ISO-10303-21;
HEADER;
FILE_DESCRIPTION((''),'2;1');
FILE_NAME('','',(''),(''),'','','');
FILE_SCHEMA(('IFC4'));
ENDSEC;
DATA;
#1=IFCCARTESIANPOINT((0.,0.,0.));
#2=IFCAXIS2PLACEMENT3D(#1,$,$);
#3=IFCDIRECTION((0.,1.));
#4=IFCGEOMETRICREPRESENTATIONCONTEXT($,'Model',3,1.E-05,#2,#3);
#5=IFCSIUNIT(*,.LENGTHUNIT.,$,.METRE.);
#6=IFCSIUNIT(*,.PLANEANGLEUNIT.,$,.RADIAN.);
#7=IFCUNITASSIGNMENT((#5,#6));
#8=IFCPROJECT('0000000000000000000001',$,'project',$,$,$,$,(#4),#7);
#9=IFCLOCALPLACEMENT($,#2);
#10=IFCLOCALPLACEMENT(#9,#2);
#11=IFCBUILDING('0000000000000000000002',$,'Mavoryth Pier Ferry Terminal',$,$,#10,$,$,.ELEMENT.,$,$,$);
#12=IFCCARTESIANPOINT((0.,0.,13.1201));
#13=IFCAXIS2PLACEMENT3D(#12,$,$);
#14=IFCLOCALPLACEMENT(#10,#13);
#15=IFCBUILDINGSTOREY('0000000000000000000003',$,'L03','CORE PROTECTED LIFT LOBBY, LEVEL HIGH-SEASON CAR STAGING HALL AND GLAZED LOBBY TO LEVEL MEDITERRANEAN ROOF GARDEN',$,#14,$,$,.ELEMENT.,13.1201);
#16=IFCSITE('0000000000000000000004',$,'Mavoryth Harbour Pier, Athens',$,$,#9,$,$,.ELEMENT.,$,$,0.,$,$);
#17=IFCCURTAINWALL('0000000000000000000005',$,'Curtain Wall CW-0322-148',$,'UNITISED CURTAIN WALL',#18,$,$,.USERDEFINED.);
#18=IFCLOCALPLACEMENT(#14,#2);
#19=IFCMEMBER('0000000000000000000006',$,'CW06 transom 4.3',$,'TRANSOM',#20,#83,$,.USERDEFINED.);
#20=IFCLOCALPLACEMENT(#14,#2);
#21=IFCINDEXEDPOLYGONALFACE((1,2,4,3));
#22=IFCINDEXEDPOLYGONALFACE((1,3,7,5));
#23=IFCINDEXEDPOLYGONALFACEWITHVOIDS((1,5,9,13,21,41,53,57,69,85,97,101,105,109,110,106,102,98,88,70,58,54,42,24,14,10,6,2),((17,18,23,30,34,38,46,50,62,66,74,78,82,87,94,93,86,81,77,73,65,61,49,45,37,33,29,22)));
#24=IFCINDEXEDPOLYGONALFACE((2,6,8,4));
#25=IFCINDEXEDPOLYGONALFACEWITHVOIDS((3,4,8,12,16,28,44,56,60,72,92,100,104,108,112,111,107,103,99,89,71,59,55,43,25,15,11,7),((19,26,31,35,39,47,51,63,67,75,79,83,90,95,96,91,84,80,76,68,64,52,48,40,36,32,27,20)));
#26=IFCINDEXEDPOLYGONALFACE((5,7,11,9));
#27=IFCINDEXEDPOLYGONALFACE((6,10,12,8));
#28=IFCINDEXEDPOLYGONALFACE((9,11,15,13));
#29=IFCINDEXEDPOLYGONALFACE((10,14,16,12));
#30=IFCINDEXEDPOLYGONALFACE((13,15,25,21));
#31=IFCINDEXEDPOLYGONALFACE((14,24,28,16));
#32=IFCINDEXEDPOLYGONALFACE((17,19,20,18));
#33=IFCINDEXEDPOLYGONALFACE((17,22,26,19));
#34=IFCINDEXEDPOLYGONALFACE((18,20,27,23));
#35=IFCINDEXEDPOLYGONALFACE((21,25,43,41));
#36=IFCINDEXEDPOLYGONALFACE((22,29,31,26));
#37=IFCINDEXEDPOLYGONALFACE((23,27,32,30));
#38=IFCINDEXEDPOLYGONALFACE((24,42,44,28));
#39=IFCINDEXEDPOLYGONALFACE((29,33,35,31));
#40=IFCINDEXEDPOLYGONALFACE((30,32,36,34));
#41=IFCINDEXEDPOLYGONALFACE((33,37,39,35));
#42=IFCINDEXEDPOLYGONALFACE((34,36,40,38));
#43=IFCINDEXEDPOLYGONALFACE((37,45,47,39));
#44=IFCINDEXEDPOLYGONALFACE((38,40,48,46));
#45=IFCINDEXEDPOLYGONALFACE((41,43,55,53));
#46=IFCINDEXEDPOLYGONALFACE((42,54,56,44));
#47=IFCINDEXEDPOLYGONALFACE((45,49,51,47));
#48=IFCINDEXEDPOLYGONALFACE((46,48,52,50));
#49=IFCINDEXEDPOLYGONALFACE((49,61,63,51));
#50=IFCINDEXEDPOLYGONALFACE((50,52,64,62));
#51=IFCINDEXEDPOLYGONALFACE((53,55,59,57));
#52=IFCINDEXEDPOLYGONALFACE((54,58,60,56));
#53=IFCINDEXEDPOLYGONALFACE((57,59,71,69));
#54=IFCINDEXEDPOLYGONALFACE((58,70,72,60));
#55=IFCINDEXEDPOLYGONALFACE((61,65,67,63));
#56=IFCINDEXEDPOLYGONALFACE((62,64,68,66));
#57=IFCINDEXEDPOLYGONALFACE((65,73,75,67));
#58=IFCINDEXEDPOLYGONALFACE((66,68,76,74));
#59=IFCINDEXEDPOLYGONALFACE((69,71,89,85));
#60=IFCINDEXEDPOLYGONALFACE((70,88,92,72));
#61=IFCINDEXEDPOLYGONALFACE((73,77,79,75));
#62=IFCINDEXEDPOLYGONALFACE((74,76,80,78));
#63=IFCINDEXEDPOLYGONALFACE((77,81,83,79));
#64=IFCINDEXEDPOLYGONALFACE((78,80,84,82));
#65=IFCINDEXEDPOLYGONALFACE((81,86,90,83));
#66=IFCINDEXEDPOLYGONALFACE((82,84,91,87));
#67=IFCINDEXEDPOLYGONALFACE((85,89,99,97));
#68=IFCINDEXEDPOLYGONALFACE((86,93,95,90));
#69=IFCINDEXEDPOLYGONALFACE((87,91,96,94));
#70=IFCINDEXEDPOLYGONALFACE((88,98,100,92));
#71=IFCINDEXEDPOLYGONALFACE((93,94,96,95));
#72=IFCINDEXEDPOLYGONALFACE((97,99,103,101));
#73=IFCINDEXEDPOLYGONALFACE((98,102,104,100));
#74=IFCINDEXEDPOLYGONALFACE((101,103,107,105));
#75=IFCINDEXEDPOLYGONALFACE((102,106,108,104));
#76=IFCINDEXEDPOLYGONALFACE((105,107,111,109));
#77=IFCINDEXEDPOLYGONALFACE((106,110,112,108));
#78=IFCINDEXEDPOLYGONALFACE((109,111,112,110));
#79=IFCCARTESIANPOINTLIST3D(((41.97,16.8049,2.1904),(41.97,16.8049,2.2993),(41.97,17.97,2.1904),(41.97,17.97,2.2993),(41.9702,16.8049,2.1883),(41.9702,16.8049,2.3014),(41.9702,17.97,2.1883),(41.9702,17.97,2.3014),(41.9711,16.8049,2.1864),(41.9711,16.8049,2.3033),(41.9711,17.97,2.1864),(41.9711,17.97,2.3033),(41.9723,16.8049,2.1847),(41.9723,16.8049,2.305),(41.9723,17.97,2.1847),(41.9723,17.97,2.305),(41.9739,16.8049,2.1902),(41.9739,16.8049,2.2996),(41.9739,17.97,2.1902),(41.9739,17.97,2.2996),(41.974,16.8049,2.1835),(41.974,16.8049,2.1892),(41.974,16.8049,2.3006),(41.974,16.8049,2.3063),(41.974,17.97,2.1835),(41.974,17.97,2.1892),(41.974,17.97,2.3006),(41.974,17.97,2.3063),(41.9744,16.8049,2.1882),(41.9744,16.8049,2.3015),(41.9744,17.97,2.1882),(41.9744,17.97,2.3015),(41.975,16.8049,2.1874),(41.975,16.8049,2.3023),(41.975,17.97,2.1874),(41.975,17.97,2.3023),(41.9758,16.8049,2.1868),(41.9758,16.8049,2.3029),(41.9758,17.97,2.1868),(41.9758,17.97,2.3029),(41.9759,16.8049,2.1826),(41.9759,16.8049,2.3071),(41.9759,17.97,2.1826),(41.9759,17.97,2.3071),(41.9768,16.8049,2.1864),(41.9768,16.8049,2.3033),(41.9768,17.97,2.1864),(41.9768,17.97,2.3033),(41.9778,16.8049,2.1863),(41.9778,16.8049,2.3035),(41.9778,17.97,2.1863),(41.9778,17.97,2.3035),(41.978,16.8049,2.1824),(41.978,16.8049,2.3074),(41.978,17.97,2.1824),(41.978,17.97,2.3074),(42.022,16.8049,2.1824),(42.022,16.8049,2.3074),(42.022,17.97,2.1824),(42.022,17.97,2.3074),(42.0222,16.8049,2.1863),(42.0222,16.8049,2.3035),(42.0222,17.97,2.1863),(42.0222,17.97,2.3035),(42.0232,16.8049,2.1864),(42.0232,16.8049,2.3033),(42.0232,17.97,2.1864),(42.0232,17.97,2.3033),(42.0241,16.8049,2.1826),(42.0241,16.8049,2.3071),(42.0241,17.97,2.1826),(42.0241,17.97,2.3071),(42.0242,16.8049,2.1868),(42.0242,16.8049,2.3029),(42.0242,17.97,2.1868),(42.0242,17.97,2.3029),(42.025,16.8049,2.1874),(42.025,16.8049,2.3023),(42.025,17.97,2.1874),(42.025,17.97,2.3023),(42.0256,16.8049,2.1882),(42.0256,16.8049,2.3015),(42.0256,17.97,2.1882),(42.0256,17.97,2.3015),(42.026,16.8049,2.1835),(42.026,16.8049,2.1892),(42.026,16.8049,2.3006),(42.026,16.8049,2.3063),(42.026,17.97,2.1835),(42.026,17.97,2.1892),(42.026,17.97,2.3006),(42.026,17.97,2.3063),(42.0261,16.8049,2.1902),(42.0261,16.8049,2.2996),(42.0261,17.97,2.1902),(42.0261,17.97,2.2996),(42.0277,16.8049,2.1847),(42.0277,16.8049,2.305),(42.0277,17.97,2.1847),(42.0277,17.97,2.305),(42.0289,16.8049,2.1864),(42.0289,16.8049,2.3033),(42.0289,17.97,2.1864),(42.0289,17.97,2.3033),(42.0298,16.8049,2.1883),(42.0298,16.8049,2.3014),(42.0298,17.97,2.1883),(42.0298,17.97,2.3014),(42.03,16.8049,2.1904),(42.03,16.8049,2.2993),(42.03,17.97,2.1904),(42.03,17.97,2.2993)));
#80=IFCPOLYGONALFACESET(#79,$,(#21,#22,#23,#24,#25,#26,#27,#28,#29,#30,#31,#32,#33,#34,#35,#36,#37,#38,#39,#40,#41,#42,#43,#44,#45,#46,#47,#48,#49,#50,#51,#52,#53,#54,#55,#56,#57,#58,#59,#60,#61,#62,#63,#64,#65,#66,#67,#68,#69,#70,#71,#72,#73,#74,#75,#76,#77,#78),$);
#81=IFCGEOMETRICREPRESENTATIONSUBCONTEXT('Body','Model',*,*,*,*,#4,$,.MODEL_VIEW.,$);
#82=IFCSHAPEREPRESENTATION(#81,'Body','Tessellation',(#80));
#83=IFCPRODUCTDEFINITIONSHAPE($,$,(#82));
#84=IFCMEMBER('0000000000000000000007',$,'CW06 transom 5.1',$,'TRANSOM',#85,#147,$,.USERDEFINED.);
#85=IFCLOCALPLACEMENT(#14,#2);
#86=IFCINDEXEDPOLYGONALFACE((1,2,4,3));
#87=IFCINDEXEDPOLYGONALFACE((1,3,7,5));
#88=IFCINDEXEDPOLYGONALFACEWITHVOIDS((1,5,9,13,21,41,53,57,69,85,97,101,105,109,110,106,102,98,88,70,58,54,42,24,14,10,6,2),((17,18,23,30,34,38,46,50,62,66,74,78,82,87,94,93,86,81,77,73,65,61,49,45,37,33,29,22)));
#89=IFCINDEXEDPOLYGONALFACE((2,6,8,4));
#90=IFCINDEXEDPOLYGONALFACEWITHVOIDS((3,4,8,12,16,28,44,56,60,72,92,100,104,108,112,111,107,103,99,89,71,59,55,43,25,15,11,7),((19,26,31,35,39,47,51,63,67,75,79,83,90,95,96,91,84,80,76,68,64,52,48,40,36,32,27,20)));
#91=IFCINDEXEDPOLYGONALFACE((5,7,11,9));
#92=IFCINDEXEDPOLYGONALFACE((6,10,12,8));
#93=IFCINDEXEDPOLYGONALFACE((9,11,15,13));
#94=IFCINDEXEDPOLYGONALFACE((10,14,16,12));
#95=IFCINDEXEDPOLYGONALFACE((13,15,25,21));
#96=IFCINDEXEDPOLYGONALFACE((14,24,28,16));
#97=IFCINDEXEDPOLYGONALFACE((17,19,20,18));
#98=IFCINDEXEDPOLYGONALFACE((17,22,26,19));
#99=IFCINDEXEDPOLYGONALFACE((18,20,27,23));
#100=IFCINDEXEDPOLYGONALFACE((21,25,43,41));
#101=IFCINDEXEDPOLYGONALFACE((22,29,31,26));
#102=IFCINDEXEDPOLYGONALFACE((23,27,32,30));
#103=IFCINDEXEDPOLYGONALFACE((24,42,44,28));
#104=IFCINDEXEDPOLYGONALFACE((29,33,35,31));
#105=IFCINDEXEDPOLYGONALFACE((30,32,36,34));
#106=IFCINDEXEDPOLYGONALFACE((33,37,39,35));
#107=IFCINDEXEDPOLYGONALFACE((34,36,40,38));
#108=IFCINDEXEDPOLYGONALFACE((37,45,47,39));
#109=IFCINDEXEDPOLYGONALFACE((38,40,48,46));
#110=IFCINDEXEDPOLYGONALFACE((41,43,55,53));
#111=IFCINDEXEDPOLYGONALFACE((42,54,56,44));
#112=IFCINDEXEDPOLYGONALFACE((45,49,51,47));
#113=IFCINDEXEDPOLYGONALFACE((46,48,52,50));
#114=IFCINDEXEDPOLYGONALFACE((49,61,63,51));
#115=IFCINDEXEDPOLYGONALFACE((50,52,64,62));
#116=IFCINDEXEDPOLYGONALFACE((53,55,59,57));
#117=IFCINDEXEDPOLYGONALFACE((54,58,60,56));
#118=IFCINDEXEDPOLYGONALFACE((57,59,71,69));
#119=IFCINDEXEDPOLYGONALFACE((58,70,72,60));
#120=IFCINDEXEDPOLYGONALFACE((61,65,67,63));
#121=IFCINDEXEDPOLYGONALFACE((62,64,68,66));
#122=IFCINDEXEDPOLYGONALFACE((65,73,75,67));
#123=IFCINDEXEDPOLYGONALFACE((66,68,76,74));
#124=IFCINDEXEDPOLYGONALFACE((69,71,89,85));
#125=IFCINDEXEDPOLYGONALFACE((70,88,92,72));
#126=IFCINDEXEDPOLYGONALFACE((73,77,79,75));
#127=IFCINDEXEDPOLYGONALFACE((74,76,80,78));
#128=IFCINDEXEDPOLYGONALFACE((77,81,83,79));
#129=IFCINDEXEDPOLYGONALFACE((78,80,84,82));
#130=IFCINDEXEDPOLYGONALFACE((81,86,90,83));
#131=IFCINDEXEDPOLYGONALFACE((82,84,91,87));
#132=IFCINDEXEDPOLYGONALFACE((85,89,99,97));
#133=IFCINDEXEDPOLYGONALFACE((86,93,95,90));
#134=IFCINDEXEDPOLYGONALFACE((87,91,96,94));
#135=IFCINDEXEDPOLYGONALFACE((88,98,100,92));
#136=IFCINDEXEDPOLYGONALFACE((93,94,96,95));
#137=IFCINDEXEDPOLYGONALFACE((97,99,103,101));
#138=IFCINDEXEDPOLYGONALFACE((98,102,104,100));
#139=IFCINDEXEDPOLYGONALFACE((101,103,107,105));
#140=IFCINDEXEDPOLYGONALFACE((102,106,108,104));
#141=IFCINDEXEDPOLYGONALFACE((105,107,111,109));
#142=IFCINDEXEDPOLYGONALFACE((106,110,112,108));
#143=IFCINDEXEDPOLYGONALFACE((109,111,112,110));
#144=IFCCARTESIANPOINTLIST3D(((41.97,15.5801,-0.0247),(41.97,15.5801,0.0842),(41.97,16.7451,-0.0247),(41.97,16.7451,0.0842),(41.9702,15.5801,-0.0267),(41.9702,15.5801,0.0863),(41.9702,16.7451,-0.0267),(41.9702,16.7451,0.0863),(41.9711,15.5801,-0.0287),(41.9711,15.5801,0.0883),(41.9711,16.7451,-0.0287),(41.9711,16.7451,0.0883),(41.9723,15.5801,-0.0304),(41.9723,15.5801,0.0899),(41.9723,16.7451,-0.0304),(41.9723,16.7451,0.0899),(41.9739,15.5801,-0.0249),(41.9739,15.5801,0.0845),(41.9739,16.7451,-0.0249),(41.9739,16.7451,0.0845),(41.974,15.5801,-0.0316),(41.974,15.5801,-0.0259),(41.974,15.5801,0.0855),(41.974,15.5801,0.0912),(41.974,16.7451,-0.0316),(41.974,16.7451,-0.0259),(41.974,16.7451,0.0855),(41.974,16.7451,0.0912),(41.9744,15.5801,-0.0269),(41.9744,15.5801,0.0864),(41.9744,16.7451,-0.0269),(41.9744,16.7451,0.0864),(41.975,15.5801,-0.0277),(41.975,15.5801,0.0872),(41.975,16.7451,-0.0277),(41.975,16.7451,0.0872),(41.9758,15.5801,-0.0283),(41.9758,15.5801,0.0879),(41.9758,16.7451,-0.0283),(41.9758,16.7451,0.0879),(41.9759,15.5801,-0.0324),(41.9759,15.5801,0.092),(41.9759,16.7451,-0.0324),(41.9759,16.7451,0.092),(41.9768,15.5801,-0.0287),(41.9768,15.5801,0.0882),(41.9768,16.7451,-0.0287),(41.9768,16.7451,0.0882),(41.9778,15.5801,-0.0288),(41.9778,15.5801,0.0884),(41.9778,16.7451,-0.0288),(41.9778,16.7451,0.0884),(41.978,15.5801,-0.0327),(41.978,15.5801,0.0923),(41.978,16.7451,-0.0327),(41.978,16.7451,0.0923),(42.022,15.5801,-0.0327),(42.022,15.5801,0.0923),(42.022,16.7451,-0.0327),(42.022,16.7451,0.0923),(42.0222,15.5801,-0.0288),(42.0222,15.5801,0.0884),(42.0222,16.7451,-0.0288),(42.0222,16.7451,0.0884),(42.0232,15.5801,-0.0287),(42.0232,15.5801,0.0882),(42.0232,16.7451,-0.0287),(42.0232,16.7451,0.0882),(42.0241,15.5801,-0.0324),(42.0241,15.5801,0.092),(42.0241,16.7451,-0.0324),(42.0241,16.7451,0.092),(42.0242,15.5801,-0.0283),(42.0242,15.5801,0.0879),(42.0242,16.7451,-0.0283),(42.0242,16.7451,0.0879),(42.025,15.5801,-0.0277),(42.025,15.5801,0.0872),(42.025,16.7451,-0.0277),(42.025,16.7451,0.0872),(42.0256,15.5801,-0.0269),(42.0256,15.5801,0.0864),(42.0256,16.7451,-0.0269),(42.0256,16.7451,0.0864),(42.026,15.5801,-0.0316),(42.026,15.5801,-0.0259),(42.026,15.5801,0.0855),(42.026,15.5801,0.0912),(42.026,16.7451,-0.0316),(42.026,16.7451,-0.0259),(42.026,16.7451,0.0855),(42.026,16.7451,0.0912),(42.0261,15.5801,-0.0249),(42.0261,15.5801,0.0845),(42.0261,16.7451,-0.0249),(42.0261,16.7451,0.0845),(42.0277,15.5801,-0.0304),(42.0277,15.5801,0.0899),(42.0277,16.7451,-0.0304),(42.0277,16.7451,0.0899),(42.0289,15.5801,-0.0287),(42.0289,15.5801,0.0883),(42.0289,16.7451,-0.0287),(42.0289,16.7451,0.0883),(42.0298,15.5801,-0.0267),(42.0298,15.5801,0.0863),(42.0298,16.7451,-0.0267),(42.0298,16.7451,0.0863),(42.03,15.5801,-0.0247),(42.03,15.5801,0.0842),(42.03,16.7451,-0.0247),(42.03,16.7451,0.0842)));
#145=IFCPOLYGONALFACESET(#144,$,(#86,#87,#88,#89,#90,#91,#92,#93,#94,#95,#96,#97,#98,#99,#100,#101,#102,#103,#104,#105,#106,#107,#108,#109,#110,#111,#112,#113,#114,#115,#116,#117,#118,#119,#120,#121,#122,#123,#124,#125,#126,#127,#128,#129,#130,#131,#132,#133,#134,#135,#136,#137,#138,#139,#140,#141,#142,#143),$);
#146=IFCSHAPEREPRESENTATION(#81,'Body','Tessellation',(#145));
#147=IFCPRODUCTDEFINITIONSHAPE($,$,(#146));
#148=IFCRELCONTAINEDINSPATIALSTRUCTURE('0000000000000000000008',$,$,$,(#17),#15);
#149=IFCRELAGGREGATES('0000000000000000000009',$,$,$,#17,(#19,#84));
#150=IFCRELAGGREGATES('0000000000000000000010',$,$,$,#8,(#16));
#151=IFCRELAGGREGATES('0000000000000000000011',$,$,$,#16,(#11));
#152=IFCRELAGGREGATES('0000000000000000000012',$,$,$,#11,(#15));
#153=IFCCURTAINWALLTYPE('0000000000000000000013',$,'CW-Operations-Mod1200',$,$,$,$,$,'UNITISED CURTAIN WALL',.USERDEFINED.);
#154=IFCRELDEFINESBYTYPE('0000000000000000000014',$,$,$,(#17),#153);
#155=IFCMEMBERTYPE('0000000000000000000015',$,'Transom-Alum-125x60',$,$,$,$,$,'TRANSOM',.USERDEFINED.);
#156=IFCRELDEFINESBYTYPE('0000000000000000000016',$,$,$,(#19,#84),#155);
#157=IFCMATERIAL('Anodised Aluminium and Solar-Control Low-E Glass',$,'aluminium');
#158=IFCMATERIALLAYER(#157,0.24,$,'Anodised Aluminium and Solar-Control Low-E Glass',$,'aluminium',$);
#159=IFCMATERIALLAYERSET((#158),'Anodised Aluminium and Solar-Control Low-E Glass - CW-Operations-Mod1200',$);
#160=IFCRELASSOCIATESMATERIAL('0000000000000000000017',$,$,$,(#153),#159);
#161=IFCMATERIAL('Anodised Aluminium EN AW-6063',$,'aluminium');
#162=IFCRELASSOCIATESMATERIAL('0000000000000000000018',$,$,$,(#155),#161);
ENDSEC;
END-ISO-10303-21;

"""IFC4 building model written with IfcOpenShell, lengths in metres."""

from ifc_helpers import new_model, si_unit, direction, frame, origin, origin_2d, place, context, subcontext, project, spatial, hollow_rectangle, extrude, material, layer, layer_set, material_profile, profile_set, type_object, element, aggregate, save


model = new_model("IFC4")

# Units and contexts
model_context = context("Model", 3, precision=1e-05, world=origin(), true_north=direction((0.0, 1.0)))
body_context = subcontext(model_context, "Body", "Model", "MODEL_VIEW")
ifc_project = project(units=[si_unit("LENGTHUNIT", "METRE"), si_unit("PLANEANGLEUNIT", "RADIAN")], contexts=[model_context])

# Site, building, storey
site_placement = place(None, origin())
site = spatial("IfcSite", under=ifc_project, at=site_placement, Name="Mavoryth Harbour Pier, Athens", CompositionType="ELEMENT", RefElevation=0.0)
building_placement = place(site_placement, origin())
building = spatial("IfcBuilding", under=site, at=building_placement, Name="Mavoryth Pier Ferry Terminal", CompositionType="ELEMENT")
storey_placement = place(building_placement, frame((0.0, 0.0, 13.1201)))
storey = spatial("IfcBuildingStorey", under=building, at=storey_placement, Name="L03", Description="CORE PROTECTED LIFT LOBBY, LEVEL HIGH-SEASON CAR STAGING HALL AND GLAZED LOBBY TO LEVEL MEDITERRANEAN ROOF GARDEN", CompositionType="ELEMENT", Elevation=13.1201)

# Curtain wall, members
ifc_material_1 = material(Name="Anodised Aluminium and Solar-Control Low-E Glass", Category="aluminium")
ifc_layer_1 = layer(ifc_material_1, 0.24, Name="Anodised Aluminium and Solar-Control Low-E Glass", Category="aluminium")
ifc_layer_set_1 = layer_set([ifc_layer_1], Name="Anodised Aluminium and Solar-Control Low-E Glass - CW-Operations-Mod1200")
curtain_wall_type = type_object("IfcCurtainWallType", Name="CW-Operations-Mod1200", ElementType="UNITISED CURTAIN WALL", PredefinedType="USERDEFINED", material=ifc_layer_set_1)
curtain_wall_placement = place(storey_placement, origin())
curtain_wall = element("IfcCurtainWall", 1, at=curtain_wall_placement, inside=storey, type_object=curtain_wall_type, Name="Curtain Wall CW-0322-148", ObjectType="UNITISED CURTAIN WALL", PredefinedType="USERDEFINED")
ifc_material_2 = material(Name="Anodised Aluminium EN AW-6063", Category="aluminium")
ifc_material_profile_1 = material_profile(ifc_material_2, hollow_rectangle(XDim=0.0601, YDim=0.125, WallThickness=0.0039, InnerFilletRadius=0.0039, OuterFilletRadius=0.0081, at=origin_2d()), Name="AL-TRAN 125x60x4", Category="aluminium")
ifc_profile_set_1 = profile_set([ifc_material_profile_1], Name="Anodised Aluminium EN AW-6063 - AL-TRAN 125x60x4")
member_type_1 = type_object("IfcMemberType", Name="Transom-Alum-125x60", ElementType="TRANSOM", PredefinedType="USERDEFINED", material=ifc_profile_set_1)
member_1_placement = place(storey_placement, frame((42.0, 17.97, 2.2449), z_axis=(0.0, -1.0, 0.0), x_axis=(1.0, 0.0, 0.0)))
member_1 = element("IfcMember", 2, at=member_1_placement, type_object=member_type_1, Name="CW06 transom 4.3", ObjectType="TRANSOM", PredefinedType="USERDEFINED", context=body_context, shape_type="SweptSolid", body=[
    extrude(hollow_rectangle(XDim=0.0601, YDim=0.125, WallThickness=0.0039, InnerFilletRadius=0.0039, OuterFilletRadius=0.0081, at=origin_2d()), origin(), (0.0, 0.0, 1.0), 1.165),
])
member_2_placement = place(storey_placement, frame((42.0, 16.7451, 0.0298), z_axis=(0.0, -1.0, 0.0), x_axis=(1.0, 0.0, 0.0)))
member_2 = element("IfcMember", 3, at=member_2_placement, type_object=member_type_1, Name="CW06 transom 5.1", ObjectType="TRANSOM", PredefinedType="USERDEFINED", context=body_context, shape_type="SweptSolid", body=[
    extrude(hollow_rectangle(XDim=0.0601, YDim=0.125, WallThickness=0.0039, InnerFilletRadius=0.0039, OuterFilletRadius=0.0081, at=origin_2d()), origin(), (0.0, 0.0, 1.0), 1.165),
])
aggregate(curtain_wall, [member_1, member_2])

save(model, "model.ifc")
